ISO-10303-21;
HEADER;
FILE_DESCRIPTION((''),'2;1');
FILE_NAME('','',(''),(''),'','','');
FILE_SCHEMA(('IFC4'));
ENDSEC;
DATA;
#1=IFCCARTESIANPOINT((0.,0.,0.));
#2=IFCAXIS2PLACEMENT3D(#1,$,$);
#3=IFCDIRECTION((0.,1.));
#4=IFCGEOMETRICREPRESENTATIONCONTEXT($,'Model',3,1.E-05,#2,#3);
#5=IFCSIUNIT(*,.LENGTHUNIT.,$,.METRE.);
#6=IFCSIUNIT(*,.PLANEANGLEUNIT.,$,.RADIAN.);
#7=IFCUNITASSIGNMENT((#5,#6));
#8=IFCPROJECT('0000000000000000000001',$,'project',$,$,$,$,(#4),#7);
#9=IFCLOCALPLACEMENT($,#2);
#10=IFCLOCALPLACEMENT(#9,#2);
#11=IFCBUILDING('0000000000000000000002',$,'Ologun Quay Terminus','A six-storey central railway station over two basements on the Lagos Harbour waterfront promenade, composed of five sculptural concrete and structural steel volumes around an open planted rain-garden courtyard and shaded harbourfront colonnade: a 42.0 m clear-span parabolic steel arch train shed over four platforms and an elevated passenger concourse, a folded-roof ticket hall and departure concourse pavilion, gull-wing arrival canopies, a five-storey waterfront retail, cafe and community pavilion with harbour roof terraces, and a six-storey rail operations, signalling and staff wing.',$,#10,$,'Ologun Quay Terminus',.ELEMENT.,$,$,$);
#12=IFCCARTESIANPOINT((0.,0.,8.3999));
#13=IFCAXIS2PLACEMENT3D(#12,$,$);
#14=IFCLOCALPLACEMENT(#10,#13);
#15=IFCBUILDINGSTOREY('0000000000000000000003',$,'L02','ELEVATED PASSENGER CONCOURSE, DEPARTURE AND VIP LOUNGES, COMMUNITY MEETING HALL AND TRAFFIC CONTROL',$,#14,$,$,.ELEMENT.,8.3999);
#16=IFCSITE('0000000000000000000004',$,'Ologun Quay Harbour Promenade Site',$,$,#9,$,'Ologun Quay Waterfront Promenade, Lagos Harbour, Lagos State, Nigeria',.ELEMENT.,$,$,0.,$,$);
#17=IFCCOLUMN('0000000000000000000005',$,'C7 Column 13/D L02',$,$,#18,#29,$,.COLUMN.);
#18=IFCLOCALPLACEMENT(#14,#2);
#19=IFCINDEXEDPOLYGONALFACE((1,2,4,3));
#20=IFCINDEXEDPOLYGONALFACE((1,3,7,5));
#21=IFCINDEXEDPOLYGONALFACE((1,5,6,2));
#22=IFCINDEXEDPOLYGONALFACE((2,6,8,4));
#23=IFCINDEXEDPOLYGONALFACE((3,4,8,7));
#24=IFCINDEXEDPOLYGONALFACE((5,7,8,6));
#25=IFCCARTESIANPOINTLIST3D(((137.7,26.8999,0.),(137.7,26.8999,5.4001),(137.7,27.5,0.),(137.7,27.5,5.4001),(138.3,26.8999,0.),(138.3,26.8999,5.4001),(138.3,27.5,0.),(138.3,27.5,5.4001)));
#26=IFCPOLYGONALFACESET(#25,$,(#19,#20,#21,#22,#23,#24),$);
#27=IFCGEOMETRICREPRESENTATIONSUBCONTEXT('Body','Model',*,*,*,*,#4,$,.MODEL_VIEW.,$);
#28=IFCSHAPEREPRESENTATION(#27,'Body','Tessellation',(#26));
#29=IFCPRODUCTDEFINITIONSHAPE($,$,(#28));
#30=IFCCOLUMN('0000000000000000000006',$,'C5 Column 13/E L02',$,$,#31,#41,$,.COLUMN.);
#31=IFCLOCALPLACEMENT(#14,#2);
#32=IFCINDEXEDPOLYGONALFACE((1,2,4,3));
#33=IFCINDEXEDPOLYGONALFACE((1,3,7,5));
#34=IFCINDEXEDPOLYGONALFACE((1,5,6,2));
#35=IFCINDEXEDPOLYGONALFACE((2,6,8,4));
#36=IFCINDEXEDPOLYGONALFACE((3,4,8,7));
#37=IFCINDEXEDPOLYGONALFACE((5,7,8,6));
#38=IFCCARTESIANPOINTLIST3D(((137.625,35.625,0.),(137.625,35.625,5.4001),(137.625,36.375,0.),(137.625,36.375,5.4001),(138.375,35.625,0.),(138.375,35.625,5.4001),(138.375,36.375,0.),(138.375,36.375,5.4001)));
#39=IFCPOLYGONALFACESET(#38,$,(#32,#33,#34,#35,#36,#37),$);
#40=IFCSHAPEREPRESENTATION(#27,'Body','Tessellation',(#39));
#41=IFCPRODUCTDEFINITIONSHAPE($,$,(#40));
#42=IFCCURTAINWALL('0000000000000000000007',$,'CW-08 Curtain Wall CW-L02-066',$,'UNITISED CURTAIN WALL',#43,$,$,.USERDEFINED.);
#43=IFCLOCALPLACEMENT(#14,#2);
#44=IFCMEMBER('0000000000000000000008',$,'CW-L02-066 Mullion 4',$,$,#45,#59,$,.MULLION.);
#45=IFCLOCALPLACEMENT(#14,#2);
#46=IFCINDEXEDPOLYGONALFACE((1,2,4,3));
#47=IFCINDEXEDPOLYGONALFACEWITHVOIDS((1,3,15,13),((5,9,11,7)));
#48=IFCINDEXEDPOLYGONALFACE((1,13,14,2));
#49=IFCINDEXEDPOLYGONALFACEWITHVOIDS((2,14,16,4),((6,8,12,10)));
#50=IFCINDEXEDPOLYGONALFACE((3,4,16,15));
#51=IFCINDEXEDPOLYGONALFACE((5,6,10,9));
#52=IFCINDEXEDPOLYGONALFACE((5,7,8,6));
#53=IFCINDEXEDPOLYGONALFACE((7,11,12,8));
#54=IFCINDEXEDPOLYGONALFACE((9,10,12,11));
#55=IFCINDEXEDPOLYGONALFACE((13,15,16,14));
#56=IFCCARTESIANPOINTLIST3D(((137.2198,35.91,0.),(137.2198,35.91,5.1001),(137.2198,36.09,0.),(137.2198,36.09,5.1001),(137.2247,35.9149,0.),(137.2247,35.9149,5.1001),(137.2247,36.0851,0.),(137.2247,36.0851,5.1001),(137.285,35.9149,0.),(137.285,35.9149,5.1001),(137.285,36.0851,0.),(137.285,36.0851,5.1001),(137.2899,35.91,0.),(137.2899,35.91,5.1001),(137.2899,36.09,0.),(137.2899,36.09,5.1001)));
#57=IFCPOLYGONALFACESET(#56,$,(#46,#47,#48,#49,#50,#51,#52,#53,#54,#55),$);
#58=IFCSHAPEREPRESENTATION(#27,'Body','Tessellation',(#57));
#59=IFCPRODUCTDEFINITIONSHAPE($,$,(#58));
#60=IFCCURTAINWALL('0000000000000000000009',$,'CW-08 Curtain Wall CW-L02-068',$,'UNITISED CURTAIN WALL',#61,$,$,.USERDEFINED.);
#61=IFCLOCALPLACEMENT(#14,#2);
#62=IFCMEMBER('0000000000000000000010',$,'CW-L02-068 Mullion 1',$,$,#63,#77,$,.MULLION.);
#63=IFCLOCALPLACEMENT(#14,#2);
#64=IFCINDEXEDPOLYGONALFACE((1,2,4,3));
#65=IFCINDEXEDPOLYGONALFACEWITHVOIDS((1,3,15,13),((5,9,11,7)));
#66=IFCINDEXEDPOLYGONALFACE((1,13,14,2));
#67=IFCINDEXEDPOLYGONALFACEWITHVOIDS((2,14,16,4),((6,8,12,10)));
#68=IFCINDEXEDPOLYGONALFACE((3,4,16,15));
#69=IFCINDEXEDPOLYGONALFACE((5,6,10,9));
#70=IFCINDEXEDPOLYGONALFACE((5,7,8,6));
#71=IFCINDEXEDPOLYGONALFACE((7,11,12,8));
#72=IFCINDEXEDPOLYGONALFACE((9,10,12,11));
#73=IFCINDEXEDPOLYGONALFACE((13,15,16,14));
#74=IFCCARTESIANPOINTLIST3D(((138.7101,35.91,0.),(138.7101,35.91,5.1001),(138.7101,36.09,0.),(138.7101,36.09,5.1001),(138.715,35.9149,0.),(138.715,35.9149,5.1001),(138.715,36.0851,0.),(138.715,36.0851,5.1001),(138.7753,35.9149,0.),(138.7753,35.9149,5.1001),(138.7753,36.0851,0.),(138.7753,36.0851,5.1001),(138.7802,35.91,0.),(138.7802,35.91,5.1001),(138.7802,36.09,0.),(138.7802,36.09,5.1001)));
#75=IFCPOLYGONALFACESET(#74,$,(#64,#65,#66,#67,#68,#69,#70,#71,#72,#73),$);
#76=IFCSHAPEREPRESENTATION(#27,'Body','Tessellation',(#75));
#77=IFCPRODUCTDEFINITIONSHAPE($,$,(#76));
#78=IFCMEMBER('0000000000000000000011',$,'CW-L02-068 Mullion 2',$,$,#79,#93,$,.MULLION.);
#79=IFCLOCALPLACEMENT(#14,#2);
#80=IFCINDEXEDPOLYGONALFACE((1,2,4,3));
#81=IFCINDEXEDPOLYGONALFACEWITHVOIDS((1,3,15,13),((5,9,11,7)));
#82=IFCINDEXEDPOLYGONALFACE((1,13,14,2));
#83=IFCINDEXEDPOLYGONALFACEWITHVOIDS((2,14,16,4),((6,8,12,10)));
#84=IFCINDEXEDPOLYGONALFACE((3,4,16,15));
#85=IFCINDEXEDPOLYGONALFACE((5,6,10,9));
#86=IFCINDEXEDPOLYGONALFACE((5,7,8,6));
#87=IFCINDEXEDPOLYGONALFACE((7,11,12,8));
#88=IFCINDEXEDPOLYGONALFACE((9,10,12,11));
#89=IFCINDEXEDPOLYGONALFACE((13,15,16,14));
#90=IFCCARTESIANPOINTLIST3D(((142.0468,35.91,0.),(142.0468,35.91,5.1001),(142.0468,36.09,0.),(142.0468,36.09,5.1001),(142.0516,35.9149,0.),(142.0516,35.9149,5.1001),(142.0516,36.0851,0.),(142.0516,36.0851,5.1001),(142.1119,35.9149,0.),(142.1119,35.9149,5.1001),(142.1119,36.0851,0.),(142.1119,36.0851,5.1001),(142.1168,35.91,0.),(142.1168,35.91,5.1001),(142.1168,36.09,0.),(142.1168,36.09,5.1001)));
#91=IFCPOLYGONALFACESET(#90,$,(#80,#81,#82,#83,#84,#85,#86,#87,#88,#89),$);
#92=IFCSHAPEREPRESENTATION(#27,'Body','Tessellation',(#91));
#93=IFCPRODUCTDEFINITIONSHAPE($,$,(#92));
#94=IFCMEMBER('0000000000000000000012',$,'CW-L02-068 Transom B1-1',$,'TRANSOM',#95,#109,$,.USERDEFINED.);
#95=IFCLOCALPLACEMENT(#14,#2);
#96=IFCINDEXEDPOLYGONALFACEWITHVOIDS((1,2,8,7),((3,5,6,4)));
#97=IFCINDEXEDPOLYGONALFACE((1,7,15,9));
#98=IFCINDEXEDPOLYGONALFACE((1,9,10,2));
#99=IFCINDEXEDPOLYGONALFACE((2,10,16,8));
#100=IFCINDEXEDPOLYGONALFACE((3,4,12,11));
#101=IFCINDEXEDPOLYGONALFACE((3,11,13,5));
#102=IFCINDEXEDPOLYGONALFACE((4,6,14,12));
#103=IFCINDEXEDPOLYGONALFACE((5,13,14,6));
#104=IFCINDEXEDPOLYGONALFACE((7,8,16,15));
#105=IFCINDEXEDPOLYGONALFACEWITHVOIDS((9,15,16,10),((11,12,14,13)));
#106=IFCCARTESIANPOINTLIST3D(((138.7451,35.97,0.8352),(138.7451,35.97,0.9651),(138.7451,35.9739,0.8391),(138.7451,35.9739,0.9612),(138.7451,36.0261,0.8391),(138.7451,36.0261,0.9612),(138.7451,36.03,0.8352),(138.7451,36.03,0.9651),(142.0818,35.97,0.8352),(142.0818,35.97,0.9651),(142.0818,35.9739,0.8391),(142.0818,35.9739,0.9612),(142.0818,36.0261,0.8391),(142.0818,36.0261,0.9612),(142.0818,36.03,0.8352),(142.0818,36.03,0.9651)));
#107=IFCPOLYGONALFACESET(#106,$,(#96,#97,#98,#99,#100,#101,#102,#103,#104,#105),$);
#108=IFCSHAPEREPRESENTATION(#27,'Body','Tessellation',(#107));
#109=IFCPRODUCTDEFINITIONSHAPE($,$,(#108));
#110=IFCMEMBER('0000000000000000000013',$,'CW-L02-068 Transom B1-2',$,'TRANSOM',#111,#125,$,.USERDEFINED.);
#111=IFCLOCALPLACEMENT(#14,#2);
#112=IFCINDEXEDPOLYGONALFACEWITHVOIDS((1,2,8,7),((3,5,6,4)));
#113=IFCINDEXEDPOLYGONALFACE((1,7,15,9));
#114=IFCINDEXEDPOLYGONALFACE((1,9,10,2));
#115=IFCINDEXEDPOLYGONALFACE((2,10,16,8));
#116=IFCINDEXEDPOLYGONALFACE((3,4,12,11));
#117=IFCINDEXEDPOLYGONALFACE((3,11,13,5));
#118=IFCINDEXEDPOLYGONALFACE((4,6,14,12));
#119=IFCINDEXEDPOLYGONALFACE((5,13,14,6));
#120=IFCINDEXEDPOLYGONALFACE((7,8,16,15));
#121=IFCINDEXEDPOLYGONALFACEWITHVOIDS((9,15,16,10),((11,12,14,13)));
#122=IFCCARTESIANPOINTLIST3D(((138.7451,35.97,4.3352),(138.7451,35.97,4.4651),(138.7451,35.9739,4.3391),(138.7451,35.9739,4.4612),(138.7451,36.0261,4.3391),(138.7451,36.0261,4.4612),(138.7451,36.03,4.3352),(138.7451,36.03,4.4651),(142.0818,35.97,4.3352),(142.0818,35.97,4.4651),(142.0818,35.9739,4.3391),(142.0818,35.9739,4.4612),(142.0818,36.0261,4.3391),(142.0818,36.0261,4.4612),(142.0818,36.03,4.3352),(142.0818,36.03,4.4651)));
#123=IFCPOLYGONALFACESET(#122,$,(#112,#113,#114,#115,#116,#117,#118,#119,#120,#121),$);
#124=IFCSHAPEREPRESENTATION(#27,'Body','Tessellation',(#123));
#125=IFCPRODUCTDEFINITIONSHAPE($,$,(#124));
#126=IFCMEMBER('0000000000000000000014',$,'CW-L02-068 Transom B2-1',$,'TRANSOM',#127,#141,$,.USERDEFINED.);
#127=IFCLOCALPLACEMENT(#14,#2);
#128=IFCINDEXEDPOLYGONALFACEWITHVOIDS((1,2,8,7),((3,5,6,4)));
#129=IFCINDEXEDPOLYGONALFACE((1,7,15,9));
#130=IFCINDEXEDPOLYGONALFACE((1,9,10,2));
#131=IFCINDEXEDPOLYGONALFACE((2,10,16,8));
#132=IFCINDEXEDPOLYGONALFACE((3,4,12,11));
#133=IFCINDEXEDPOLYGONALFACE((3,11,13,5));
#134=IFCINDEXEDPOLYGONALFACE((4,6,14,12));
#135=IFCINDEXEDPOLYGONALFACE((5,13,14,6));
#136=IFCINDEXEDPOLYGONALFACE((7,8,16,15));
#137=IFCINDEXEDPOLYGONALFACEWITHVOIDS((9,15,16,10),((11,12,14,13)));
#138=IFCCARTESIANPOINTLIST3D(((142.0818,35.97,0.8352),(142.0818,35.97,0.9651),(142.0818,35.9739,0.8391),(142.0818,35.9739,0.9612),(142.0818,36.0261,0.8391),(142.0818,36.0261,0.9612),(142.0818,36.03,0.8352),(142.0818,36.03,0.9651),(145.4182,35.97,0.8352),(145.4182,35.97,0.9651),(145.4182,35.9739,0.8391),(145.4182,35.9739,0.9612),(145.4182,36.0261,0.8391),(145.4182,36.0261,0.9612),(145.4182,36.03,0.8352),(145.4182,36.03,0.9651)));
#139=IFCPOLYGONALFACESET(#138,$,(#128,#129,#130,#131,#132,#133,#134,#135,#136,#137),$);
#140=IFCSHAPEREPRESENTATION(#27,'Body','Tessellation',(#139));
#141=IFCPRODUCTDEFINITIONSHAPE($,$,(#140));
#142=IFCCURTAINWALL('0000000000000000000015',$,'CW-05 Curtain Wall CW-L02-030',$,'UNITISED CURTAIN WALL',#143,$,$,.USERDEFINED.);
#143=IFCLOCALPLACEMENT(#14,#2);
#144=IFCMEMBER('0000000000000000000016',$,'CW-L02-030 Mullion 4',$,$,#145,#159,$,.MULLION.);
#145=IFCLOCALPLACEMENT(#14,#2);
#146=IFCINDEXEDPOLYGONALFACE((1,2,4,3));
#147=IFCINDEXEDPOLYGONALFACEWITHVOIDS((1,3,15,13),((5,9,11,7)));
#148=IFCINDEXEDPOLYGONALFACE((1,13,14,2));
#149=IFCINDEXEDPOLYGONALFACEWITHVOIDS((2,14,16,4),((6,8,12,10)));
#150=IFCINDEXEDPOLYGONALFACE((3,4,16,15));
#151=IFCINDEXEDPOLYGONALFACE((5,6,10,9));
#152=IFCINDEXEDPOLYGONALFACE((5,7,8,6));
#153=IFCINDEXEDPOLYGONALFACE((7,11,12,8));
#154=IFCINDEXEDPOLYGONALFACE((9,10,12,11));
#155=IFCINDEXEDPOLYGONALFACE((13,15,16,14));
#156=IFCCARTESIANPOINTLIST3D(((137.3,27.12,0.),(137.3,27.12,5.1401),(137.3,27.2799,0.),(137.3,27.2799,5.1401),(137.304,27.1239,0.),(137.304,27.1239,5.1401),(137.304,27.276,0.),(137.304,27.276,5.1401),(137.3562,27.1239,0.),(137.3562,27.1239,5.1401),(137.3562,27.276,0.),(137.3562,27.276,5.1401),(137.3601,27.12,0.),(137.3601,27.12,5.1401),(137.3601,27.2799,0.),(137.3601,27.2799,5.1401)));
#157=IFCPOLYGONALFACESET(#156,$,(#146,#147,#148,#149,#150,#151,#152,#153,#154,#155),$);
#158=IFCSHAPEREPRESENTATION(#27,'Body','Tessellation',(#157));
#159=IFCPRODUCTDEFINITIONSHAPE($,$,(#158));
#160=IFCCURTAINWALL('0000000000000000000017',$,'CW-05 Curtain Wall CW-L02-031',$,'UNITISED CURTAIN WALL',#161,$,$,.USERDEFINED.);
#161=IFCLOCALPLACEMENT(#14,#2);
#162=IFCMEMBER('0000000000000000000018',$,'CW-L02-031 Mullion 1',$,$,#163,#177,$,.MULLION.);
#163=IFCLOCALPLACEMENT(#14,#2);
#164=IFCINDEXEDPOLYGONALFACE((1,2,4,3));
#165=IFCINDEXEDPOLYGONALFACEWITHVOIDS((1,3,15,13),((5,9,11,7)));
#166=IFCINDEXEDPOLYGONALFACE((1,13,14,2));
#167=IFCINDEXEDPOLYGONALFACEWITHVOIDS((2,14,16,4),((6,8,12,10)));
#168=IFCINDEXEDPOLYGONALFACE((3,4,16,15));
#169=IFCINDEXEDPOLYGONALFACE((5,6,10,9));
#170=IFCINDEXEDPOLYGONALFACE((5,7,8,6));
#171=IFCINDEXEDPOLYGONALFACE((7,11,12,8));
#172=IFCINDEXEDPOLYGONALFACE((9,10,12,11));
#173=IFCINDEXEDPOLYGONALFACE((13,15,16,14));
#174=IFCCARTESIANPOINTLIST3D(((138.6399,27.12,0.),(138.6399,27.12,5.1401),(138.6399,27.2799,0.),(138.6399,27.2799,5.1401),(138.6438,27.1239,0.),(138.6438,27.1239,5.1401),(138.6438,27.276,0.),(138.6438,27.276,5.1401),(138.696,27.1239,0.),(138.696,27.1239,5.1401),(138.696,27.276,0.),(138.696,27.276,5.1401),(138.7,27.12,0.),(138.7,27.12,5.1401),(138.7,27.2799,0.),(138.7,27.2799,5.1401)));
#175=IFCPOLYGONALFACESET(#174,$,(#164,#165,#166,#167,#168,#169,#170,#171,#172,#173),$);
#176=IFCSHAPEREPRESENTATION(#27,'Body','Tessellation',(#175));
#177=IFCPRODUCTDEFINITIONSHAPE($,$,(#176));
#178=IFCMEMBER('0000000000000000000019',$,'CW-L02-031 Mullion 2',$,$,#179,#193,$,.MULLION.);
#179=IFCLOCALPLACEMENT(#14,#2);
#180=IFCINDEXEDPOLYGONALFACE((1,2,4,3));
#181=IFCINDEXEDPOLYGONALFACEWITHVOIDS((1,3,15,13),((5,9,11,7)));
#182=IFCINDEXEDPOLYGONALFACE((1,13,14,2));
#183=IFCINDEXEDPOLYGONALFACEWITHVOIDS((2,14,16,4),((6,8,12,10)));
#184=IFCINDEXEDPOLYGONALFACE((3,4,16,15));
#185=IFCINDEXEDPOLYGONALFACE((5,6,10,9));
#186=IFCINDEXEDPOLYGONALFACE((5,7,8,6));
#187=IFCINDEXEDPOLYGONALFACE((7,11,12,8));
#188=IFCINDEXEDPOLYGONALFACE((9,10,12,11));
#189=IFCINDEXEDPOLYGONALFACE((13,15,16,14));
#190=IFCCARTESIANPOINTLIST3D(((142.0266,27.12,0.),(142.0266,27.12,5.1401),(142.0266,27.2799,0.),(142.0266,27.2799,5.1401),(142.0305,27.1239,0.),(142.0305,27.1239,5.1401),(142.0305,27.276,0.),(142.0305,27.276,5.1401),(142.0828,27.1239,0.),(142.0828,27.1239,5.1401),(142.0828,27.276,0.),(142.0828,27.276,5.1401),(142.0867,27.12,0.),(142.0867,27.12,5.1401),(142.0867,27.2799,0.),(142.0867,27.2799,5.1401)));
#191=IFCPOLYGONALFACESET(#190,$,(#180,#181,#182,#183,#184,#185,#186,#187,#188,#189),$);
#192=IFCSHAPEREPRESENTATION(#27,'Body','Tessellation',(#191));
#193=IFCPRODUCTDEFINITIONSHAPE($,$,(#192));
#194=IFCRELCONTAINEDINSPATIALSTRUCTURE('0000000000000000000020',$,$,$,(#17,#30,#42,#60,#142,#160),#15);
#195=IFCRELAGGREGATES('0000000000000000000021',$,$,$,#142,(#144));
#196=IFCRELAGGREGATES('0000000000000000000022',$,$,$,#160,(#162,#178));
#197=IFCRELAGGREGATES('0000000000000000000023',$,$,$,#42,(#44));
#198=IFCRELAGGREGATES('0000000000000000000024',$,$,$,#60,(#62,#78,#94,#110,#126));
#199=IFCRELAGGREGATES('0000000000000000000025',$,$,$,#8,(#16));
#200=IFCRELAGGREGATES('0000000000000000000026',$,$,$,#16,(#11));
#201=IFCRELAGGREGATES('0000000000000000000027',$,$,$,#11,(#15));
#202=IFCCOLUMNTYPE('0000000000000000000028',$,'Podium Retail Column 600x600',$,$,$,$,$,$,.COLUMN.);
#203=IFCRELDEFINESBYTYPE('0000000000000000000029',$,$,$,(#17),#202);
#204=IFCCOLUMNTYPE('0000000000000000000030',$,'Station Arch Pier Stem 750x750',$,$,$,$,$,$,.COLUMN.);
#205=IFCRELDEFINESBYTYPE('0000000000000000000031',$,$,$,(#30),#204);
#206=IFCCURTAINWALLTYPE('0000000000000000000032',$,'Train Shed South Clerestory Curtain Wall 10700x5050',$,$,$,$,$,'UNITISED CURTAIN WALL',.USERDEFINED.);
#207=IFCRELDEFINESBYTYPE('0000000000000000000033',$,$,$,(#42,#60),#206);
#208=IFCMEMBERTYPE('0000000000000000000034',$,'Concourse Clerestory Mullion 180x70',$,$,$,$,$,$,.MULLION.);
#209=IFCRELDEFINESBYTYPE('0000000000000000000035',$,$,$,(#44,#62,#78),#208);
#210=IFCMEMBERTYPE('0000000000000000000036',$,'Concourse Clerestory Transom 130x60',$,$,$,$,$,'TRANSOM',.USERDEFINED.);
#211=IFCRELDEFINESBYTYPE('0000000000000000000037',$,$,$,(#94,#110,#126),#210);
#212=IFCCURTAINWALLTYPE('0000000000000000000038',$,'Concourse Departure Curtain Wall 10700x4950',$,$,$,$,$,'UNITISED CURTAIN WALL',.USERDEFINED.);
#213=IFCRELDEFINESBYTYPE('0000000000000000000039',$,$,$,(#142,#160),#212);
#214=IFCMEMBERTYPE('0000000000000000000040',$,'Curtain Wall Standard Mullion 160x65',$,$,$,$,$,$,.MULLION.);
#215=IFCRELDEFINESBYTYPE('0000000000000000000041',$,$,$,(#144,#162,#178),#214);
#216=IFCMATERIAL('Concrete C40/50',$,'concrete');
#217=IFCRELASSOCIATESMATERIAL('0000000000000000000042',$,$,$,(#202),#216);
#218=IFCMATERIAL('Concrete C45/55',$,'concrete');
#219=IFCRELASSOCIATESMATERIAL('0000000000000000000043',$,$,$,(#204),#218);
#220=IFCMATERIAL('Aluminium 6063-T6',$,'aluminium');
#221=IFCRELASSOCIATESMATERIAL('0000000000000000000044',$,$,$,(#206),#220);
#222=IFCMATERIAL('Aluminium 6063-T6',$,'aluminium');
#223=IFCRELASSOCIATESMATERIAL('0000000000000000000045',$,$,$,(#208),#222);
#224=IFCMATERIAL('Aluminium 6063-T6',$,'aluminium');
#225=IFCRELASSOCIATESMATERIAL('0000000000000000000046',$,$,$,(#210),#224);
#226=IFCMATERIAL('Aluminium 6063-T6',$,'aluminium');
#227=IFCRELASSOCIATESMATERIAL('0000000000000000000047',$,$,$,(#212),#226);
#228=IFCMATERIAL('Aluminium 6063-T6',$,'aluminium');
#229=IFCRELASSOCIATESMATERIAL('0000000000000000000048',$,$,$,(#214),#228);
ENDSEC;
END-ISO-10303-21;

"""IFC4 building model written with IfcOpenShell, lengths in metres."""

from ifc_helpers import new_model, si_unit, direction, frame, origin, origin_2d, place, context, subcontext, project, spatial, rectangle, hollow_rectangle, extrude, material, material_profile, profile_set, type_object, element, aggregate, save


model = new_model("IFC4")

# Units and contexts
model_context = context("Model", 3, precision=1e-05, world=origin(), true_north=direction((0.0, 1.0)))
body_context = subcontext(model_context, "Body", "Model", "MODEL_VIEW")
ifc_project = project(units=[si_unit("LENGTHUNIT", "METRE"), si_unit("PLANEANGLEUNIT", "RADIAN")], contexts=[model_context])

# Site, building, storey
site_placement = place(None, origin())
site = spatial("IfcSite", under=ifc_project, at=site_placement, Name="Ologun Quay Harbour Promenade Site", LongName="Ologun Quay Waterfront Promenade, Lagos Harbour, Lagos State, Nigeria", CompositionType="ELEMENT", RefElevation=0.0)
building_placement = place(site_placement, origin())
building = spatial("IfcBuilding", under=site, at=building_placement, Name="Ologun Quay Terminus", Description="A six-storey central railway station over two basements on the Lagos Harbour waterfront promenade, composed of five sculptural concrete and structural steel volumes around an open planted rain-garden courtyard and shaded harbourfront colonnade: a 42.0 m clear-span parabolic steel arch train shed over four platforms and an elevated passenger concourse, a folded-roof ticket hall and departure concourse pavilion, gull-wing arrival canopies, a five-storey waterfront retail, cafe and community pavilion with harbour roof terraces, and a six-storey rail operations, signalling and staff wing.", LongName="Ologun Quay Terminus", CompositionType="ELEMENT")
storey_placement = place(building_placement, frame((0.0, 0.0, 8.3999)))
storey = spatial("IfcBuildingStorey", under=building, at=storey_placement, Name="L02", Description="ELEVATED PASSENGER CONCOURSE, DEPARTURE AND VIP LOUNGES, COMMUNITY MEETING HALL AND TRAFFIC CONTROL", CompositionType="ELEMENT", Elevation=8.3999)

# Columns
ifc_material_1 = material(Name="Concrete C40/50", Category="concrete")
ifc_material_profile_1 = material_profile(ifc_material_1, rectangle(XDim=0.6001, YDim=0.6001, at=origin_2d()), Name="RC 600x600")
ifc_profile_set_1 = profile_set([ifc_material_profile_1], Name="Concrete C40/50")
column_type_1 = type_object("IfcColumnType", Name="Podium Retail Column 600x600", PredefinedType="COLUMN", material=ifc_profile_set_1)
column_1_placement = place(storey_placement, frame((138.0, 27.2, 0.0), z_axis=(0.0, 0.0, 1.0), x_axis=(1.0, 0.0, 0.0)))
element("IfcColumn", 1, at=column_1_placement, inside=storey, type_object=column_type_1, Name="C7 Column 13/D L02", PredefinedType="COLUMN", context=body_context, shape_type="SweptSolid", body=[
    extrude(rectangle(XDim=0.6001, YDim=0.6001, at=origin_2d()), origin(), (0.0, 0.0, 1.0), 5.4001),
])
ifc_material_2 = material(Name="Concrete C45/55", Category="concrete")
ifc_material_profile_2 = material_profile(ifc_material_2, rectangle(XDim=0.75, YDim=0.75, at=origin_2d()), Name="RC 750x750")
ifc_profile_set_2 = profile_set([ifc_material_profile_2], Name="Concrete C45/55")
column_type_2 = type_object("IfcColumnType", Name="Station Arch Pier Stem 750x750", PredefinedType="COLUMN", material=ifc_profile_set_2)
column_2_placement = place(storey_placement, frame((138.0, 36.0, 0.0), z_axis=(0.0, 0.0, 1.0), x_axis=(1.0, 0.0, 0.0)))
element("IfcColumn", 2, at=column_2_placement, inside=storey, type_object=column_type_2, Name="C5 Column 13/E L02", PredefinedType="COLUMN", context=body_context, shape_type="SweptSolid", body=[
    extrude(rectangle(XDim=0.75, YDim=0.75, at=origin_2d()), origin(), (0.0, 0.0, 1.0), 5.4001),
])

# Curtain wall, member
ifc_material_3 = material(Name="Aluminium 6063-T6", Category="aluminium")
curtain_wall_type_1 = type_object("IfcCurtainWallType", Name="Train Shed South Clerestory Curtain Wall 10700x5050", ElementType="UNITISED CURTAIN WALL", PredefinedType="USERDEFINED", material=ifc_material_3)
curtain_wall_1_placement = place(storey_placement, origin())
curtain_wall_1 = element("IfcCurtainWall", 3, at=curtain_wall_1_placement, inside=storey, type_object=curtain_wall_type_1, Name="CW-08 Curtain Wall CW-L02-066", ObjectType="UNITISED CURTAIN WALL", PredefinedType="USERDEFINED")
ifc_material_4 = material(Name="Aluminium 6063-T6", Category="aluminium")
ifc_material_profile_3 = material_profile(ifc_material_4, hollow_rectangle(XDim=0.0701, YDim=0.1799, WallThickness=0.0049, at=origin_2d()), Name="ALU 180x70x5")
ifc_profile_set_3 = profile_set([ifc_material_profile_3], Name="Aluminium 6063-T6")
member_type_1 = type_object("IfcMemberType", Name="Concourse Clerestory Mullion 180x70", PredefinedType="MULLION", material=ifc_profile_set_3)
member_1_placement = place(storey_placement, frame((137.2549, 36.0, 0.0), z_axis=(0.0, 0.0, 1.0), x_axis=(1.0, 0.0, 0.0)))
member_1 = element("IfcMember", 4, at=member_1_placement, type_object=member_type_1, Name="CW-L02-066 Mullion 4", PredefinedType="MULLION", context=body_context, shape_type="SweptSolid", body=[
    extrude(hollow_rectangle(XDim=0.0701, YDim=0.1799, WallThickness=0.0049, at=origin_2d()), origin(), (0.0, 0.0, 1.0), 5.1001),
])

# Curtain wall, members
curtain_wall_2_placement = place(storey_placement, origin())
curtain_wall_2 = element("IfcCurtainWall", 5, at=curtain_wall_2_placement, inside=storey, type_object=curtain_wall_type_1, Name="CW-08 Curtain Wall CW-L02-068", ObjectType="UNITISED CURTAIN WALL", PredefinedType="USERDEFINED")
member_2_placement = place(storey_placement, frame((138.7451, 36.0, 0.0), z_axis=(0.0, 0.0, 1.0), x_axis=(1.0, 0.0, 0.0)))
member_2 = element("IfcMember", 6, at=member_2_placement, type_object=member_type_1, Name="CW-L02-068 Mullion 1", PredefinedType="MULLION", context=body_context, shape_type="SweptSolid", body=[
    extrude(hollow_rectangle(XDim=0.0701, YDim=0.1799, WallThickness=0.0049, at=origin_2d()), origin(), (0.0, 0.0, 1.0), 5.1001),
])
member_3_placement = place(storey_placement, frame((142.0818, 36.0, 0.0), z_axis=(0.0, 0.0, 1.0), x_axis=(1.0, 0.0, 0.0)))
member_3 = element("IfcMember", 7, at=member_3_placement, type_object=member_type_1, Name="CW-L02-068 Mullion 2", PredefinedType="MULLION", context=body_context, shape_type="SweptSolid", body=[
    extrude(hollow_rectangle(XDim=0.0701, YDim=0.1799, WallThickness=0.0049, at=origin_2d()), origin(), (0.0, 0.0, 1.0), 5.1001),
])
ifc_material_5 = material(Name="Aluminium 6063-T6", Category="aluminium")
ifc_material_profile_4 = material_profile(ifc_material_5, hollow_rectangle(XDim=0.0601, YDim=0.1299, WallThickness=0.0039, at=origin_2d()), Name="ALU 130x60x4")
ifc_profile_set_4 = profile_set([ifc_material_profile_4], Name="Aluminium 6063-T6")
member_type_2 = type_object("IfcMemberType", Name="Concourse Clerestory Transom 130x60", ElementType="TRANSOM", PredefinedType="USERDEFINED", material=ifc_profile_set_4)
member_4_placement = place(storey_placement, frame((138.7451, 36.0, 0.9001), z_axis=(1.0, 0.0, 0.0), x_axis=(0.0, 1.0, 0.0)))
member_4 = element("IfcMember", 8, at=member_4_placement, type_object=member_type_2, Name="CW-L02-068 Transom B1-1", ObjectType="TRANSOM", PredefinedType="USERDEFINED", context=body_context, shape_type="SweptSolid", body=[
    extrude(hollow_rectangle(XDim=0.0601, YDim=0.1299, WallThickness=0.0039, at=origin_2d()), origin(), (0.0, 0.0, 1.0), 3.3367),
])
member_5_placement = place(storey_placement, frame((138.7451, 36.0, 4.4001), z_axis=(1.0, 0.0, 0.0), x_axis=(0.0, 1.0, 0.0)))
member_5 = element("IfcMember", 9, at=member_5_placement, type_object=member_type_2, Name="CW-L02-068 Transom B1-2", ObjectType="TRANSOM", PredefinedType="USERDEFINED", context=body_context, shape_type="SweptSolid", body=[
    extrude(hollow_rectangle(XDim=0.0601, YDim=0.1299, WallThickness=0.0039, at=origin_2d()), origin(), (0.0, 0.0, 1.0), 3.3367),
])
member_6_placement = place(storey_placement, frame((142.0818, 36.0, 0.9001), z_axis=(1.0, 0.0, 0.0), x_axis=(0.0, 1.0, 0.0)))
member_6 = element("IfcMember", 10, at=member_6_placement, type_object=member_type_2, Name="CW-L02-068 Transom B2-1", ObjectType="TRANSOM", PredefinedType="USERDEFINED", context=body_context, shape_type="SweptSolid", body=[
    extrude(hollow_rectangle(XDim=0.0601, YDim=0.1299, WallThickness=0.0039, at=origin_2d()), origin(), (0.0, 0.0, 1.0), 3.3364),
])

# Curtain wall, member
ifc_material_6 = material(Name="Aluminium 6063-T6", Category="aluminium")
curtain_wall_type_2 = type_object("IfcCurtainWallType", Name="Concourse Departure Curtain Wall 10700x4950", ElementType="UNITISED CURTAIN WALL", PredefinedType="USERDEFINED", material=ifc_material_6)
curtain_wall_3_placement = place(storey_placement, origin())
curtain_wall_3 = element("IfcCurtainWall", 11, at=curtain_wall_3_placement, inside=storey, type_object=curtain_wall_type_2, Name="CW-05 Curtain Wall CW-L02-030", ObjectType="UNITISED CURTAIN WALL", PredefinedType="USERDEFINED")
ifc_material_7 = material(Name="Aluminium 6063-T6", Category="aluminium")
ifc_material_profile_5 = material_profile(ifc_material_7, hollow_rectangle(XDim=0.0601, YDim=0.1599, WallThickness=0.0039, at=origin_2d()), Name="ALU 160x60x4")
ifc_profile_set_5 = profile_set([ifc_material_profile_5], Name="Aluminium 6063-T6")
member_type_3 = type_object("IfcMemberType", Name="Curtain Wall Standard Mullion 160x65", PredefinedType="MULLION", material=ifc_profile_set_5)
member_7_placement = place(storey_placement, frame((137.3301, 27.2, 0.0), z_axis=(0.0, 0.0, 1.0), x_axis=(1.0, 0.0, 0.0)))
member_7 = element("IfcMember", 12, at=member_7_placement, type_object=member_type_3, Name="CW-L02-030 Mullion 4", PredefinedType="MULLION", context=body_context, shape_type="SweptSolid", body=[
    extrude(hollow_rectangle(XDim=0.0601, YDim=0.1599, WallThickness=0.0039, at=origin_2d()), origin(), (0.0, 0.0, 1.0), 5.1401),
])

# Curtain wall, members
curtain_wall_4_placement = place(storey_placement, origin())
curtain_wall_4 = element("IfcCurtainWall", 13, at=curtain_wall_4_placement, inside=storey, type_object=curtain_wall_type_2, Name="CW-05 Curtain Wall CW-L02-031", ObjectType="UNITISED CURTAIN WALL", PredefinedType="USERDEFINED")
member_8_placement = place(storey_placement, frame((138.6699, 27.2, 0.0), z_axis=(0.0, 0.0, 1.0), x_axis=(1.0, 0.0, 0.0)))
member_8 = element("IfcMember", 14, at=member_8_placement, type_object=member_type_3, Name="CW-L02-031 Mullion 1", PredefinedType="MULLION", context=body_context, shape_type="SweptSolid", body=[
    extrude(hollow_rectangle(XDim=0.0601, YDim=0.1599, WallThickness=0.0039, at=origin_2d()), origin(), (0.0, 0.0, 1.0), 5.1401),
])
member_9_placement = place(storey_placement, frame((142.0566, 27.2, 0.0), z_axis=(0.0, 0.0, 1.0), x_axis=(1.0, 0.0, 0.0)))
member_9 = element("IfcMember", 15, at=member_9_placement, type_object=member_type_3, Name="CW-L02-031 Mullion 2", PredefinedType="MULLION", context=body_context, shape_type="SweptSolid", body=[
    extrude(hollow_rectangle(XDim=0.0601, YDim=0.1599, WallThickness=0.0039, at=origin_2d()), origin(), (0.0, 0.0, 1.0), 5.1401),
])

aggregate(curtain_wall_3, [member_7])
aggregate(curtain_wall_4, [member_8, member_9])
aggregate(curtain_wall_1, [member_1])
aggregate(curtain_wall_2, [member_2, member_3, member_4, member_5, member_6])

save(model, "model.ifc")
